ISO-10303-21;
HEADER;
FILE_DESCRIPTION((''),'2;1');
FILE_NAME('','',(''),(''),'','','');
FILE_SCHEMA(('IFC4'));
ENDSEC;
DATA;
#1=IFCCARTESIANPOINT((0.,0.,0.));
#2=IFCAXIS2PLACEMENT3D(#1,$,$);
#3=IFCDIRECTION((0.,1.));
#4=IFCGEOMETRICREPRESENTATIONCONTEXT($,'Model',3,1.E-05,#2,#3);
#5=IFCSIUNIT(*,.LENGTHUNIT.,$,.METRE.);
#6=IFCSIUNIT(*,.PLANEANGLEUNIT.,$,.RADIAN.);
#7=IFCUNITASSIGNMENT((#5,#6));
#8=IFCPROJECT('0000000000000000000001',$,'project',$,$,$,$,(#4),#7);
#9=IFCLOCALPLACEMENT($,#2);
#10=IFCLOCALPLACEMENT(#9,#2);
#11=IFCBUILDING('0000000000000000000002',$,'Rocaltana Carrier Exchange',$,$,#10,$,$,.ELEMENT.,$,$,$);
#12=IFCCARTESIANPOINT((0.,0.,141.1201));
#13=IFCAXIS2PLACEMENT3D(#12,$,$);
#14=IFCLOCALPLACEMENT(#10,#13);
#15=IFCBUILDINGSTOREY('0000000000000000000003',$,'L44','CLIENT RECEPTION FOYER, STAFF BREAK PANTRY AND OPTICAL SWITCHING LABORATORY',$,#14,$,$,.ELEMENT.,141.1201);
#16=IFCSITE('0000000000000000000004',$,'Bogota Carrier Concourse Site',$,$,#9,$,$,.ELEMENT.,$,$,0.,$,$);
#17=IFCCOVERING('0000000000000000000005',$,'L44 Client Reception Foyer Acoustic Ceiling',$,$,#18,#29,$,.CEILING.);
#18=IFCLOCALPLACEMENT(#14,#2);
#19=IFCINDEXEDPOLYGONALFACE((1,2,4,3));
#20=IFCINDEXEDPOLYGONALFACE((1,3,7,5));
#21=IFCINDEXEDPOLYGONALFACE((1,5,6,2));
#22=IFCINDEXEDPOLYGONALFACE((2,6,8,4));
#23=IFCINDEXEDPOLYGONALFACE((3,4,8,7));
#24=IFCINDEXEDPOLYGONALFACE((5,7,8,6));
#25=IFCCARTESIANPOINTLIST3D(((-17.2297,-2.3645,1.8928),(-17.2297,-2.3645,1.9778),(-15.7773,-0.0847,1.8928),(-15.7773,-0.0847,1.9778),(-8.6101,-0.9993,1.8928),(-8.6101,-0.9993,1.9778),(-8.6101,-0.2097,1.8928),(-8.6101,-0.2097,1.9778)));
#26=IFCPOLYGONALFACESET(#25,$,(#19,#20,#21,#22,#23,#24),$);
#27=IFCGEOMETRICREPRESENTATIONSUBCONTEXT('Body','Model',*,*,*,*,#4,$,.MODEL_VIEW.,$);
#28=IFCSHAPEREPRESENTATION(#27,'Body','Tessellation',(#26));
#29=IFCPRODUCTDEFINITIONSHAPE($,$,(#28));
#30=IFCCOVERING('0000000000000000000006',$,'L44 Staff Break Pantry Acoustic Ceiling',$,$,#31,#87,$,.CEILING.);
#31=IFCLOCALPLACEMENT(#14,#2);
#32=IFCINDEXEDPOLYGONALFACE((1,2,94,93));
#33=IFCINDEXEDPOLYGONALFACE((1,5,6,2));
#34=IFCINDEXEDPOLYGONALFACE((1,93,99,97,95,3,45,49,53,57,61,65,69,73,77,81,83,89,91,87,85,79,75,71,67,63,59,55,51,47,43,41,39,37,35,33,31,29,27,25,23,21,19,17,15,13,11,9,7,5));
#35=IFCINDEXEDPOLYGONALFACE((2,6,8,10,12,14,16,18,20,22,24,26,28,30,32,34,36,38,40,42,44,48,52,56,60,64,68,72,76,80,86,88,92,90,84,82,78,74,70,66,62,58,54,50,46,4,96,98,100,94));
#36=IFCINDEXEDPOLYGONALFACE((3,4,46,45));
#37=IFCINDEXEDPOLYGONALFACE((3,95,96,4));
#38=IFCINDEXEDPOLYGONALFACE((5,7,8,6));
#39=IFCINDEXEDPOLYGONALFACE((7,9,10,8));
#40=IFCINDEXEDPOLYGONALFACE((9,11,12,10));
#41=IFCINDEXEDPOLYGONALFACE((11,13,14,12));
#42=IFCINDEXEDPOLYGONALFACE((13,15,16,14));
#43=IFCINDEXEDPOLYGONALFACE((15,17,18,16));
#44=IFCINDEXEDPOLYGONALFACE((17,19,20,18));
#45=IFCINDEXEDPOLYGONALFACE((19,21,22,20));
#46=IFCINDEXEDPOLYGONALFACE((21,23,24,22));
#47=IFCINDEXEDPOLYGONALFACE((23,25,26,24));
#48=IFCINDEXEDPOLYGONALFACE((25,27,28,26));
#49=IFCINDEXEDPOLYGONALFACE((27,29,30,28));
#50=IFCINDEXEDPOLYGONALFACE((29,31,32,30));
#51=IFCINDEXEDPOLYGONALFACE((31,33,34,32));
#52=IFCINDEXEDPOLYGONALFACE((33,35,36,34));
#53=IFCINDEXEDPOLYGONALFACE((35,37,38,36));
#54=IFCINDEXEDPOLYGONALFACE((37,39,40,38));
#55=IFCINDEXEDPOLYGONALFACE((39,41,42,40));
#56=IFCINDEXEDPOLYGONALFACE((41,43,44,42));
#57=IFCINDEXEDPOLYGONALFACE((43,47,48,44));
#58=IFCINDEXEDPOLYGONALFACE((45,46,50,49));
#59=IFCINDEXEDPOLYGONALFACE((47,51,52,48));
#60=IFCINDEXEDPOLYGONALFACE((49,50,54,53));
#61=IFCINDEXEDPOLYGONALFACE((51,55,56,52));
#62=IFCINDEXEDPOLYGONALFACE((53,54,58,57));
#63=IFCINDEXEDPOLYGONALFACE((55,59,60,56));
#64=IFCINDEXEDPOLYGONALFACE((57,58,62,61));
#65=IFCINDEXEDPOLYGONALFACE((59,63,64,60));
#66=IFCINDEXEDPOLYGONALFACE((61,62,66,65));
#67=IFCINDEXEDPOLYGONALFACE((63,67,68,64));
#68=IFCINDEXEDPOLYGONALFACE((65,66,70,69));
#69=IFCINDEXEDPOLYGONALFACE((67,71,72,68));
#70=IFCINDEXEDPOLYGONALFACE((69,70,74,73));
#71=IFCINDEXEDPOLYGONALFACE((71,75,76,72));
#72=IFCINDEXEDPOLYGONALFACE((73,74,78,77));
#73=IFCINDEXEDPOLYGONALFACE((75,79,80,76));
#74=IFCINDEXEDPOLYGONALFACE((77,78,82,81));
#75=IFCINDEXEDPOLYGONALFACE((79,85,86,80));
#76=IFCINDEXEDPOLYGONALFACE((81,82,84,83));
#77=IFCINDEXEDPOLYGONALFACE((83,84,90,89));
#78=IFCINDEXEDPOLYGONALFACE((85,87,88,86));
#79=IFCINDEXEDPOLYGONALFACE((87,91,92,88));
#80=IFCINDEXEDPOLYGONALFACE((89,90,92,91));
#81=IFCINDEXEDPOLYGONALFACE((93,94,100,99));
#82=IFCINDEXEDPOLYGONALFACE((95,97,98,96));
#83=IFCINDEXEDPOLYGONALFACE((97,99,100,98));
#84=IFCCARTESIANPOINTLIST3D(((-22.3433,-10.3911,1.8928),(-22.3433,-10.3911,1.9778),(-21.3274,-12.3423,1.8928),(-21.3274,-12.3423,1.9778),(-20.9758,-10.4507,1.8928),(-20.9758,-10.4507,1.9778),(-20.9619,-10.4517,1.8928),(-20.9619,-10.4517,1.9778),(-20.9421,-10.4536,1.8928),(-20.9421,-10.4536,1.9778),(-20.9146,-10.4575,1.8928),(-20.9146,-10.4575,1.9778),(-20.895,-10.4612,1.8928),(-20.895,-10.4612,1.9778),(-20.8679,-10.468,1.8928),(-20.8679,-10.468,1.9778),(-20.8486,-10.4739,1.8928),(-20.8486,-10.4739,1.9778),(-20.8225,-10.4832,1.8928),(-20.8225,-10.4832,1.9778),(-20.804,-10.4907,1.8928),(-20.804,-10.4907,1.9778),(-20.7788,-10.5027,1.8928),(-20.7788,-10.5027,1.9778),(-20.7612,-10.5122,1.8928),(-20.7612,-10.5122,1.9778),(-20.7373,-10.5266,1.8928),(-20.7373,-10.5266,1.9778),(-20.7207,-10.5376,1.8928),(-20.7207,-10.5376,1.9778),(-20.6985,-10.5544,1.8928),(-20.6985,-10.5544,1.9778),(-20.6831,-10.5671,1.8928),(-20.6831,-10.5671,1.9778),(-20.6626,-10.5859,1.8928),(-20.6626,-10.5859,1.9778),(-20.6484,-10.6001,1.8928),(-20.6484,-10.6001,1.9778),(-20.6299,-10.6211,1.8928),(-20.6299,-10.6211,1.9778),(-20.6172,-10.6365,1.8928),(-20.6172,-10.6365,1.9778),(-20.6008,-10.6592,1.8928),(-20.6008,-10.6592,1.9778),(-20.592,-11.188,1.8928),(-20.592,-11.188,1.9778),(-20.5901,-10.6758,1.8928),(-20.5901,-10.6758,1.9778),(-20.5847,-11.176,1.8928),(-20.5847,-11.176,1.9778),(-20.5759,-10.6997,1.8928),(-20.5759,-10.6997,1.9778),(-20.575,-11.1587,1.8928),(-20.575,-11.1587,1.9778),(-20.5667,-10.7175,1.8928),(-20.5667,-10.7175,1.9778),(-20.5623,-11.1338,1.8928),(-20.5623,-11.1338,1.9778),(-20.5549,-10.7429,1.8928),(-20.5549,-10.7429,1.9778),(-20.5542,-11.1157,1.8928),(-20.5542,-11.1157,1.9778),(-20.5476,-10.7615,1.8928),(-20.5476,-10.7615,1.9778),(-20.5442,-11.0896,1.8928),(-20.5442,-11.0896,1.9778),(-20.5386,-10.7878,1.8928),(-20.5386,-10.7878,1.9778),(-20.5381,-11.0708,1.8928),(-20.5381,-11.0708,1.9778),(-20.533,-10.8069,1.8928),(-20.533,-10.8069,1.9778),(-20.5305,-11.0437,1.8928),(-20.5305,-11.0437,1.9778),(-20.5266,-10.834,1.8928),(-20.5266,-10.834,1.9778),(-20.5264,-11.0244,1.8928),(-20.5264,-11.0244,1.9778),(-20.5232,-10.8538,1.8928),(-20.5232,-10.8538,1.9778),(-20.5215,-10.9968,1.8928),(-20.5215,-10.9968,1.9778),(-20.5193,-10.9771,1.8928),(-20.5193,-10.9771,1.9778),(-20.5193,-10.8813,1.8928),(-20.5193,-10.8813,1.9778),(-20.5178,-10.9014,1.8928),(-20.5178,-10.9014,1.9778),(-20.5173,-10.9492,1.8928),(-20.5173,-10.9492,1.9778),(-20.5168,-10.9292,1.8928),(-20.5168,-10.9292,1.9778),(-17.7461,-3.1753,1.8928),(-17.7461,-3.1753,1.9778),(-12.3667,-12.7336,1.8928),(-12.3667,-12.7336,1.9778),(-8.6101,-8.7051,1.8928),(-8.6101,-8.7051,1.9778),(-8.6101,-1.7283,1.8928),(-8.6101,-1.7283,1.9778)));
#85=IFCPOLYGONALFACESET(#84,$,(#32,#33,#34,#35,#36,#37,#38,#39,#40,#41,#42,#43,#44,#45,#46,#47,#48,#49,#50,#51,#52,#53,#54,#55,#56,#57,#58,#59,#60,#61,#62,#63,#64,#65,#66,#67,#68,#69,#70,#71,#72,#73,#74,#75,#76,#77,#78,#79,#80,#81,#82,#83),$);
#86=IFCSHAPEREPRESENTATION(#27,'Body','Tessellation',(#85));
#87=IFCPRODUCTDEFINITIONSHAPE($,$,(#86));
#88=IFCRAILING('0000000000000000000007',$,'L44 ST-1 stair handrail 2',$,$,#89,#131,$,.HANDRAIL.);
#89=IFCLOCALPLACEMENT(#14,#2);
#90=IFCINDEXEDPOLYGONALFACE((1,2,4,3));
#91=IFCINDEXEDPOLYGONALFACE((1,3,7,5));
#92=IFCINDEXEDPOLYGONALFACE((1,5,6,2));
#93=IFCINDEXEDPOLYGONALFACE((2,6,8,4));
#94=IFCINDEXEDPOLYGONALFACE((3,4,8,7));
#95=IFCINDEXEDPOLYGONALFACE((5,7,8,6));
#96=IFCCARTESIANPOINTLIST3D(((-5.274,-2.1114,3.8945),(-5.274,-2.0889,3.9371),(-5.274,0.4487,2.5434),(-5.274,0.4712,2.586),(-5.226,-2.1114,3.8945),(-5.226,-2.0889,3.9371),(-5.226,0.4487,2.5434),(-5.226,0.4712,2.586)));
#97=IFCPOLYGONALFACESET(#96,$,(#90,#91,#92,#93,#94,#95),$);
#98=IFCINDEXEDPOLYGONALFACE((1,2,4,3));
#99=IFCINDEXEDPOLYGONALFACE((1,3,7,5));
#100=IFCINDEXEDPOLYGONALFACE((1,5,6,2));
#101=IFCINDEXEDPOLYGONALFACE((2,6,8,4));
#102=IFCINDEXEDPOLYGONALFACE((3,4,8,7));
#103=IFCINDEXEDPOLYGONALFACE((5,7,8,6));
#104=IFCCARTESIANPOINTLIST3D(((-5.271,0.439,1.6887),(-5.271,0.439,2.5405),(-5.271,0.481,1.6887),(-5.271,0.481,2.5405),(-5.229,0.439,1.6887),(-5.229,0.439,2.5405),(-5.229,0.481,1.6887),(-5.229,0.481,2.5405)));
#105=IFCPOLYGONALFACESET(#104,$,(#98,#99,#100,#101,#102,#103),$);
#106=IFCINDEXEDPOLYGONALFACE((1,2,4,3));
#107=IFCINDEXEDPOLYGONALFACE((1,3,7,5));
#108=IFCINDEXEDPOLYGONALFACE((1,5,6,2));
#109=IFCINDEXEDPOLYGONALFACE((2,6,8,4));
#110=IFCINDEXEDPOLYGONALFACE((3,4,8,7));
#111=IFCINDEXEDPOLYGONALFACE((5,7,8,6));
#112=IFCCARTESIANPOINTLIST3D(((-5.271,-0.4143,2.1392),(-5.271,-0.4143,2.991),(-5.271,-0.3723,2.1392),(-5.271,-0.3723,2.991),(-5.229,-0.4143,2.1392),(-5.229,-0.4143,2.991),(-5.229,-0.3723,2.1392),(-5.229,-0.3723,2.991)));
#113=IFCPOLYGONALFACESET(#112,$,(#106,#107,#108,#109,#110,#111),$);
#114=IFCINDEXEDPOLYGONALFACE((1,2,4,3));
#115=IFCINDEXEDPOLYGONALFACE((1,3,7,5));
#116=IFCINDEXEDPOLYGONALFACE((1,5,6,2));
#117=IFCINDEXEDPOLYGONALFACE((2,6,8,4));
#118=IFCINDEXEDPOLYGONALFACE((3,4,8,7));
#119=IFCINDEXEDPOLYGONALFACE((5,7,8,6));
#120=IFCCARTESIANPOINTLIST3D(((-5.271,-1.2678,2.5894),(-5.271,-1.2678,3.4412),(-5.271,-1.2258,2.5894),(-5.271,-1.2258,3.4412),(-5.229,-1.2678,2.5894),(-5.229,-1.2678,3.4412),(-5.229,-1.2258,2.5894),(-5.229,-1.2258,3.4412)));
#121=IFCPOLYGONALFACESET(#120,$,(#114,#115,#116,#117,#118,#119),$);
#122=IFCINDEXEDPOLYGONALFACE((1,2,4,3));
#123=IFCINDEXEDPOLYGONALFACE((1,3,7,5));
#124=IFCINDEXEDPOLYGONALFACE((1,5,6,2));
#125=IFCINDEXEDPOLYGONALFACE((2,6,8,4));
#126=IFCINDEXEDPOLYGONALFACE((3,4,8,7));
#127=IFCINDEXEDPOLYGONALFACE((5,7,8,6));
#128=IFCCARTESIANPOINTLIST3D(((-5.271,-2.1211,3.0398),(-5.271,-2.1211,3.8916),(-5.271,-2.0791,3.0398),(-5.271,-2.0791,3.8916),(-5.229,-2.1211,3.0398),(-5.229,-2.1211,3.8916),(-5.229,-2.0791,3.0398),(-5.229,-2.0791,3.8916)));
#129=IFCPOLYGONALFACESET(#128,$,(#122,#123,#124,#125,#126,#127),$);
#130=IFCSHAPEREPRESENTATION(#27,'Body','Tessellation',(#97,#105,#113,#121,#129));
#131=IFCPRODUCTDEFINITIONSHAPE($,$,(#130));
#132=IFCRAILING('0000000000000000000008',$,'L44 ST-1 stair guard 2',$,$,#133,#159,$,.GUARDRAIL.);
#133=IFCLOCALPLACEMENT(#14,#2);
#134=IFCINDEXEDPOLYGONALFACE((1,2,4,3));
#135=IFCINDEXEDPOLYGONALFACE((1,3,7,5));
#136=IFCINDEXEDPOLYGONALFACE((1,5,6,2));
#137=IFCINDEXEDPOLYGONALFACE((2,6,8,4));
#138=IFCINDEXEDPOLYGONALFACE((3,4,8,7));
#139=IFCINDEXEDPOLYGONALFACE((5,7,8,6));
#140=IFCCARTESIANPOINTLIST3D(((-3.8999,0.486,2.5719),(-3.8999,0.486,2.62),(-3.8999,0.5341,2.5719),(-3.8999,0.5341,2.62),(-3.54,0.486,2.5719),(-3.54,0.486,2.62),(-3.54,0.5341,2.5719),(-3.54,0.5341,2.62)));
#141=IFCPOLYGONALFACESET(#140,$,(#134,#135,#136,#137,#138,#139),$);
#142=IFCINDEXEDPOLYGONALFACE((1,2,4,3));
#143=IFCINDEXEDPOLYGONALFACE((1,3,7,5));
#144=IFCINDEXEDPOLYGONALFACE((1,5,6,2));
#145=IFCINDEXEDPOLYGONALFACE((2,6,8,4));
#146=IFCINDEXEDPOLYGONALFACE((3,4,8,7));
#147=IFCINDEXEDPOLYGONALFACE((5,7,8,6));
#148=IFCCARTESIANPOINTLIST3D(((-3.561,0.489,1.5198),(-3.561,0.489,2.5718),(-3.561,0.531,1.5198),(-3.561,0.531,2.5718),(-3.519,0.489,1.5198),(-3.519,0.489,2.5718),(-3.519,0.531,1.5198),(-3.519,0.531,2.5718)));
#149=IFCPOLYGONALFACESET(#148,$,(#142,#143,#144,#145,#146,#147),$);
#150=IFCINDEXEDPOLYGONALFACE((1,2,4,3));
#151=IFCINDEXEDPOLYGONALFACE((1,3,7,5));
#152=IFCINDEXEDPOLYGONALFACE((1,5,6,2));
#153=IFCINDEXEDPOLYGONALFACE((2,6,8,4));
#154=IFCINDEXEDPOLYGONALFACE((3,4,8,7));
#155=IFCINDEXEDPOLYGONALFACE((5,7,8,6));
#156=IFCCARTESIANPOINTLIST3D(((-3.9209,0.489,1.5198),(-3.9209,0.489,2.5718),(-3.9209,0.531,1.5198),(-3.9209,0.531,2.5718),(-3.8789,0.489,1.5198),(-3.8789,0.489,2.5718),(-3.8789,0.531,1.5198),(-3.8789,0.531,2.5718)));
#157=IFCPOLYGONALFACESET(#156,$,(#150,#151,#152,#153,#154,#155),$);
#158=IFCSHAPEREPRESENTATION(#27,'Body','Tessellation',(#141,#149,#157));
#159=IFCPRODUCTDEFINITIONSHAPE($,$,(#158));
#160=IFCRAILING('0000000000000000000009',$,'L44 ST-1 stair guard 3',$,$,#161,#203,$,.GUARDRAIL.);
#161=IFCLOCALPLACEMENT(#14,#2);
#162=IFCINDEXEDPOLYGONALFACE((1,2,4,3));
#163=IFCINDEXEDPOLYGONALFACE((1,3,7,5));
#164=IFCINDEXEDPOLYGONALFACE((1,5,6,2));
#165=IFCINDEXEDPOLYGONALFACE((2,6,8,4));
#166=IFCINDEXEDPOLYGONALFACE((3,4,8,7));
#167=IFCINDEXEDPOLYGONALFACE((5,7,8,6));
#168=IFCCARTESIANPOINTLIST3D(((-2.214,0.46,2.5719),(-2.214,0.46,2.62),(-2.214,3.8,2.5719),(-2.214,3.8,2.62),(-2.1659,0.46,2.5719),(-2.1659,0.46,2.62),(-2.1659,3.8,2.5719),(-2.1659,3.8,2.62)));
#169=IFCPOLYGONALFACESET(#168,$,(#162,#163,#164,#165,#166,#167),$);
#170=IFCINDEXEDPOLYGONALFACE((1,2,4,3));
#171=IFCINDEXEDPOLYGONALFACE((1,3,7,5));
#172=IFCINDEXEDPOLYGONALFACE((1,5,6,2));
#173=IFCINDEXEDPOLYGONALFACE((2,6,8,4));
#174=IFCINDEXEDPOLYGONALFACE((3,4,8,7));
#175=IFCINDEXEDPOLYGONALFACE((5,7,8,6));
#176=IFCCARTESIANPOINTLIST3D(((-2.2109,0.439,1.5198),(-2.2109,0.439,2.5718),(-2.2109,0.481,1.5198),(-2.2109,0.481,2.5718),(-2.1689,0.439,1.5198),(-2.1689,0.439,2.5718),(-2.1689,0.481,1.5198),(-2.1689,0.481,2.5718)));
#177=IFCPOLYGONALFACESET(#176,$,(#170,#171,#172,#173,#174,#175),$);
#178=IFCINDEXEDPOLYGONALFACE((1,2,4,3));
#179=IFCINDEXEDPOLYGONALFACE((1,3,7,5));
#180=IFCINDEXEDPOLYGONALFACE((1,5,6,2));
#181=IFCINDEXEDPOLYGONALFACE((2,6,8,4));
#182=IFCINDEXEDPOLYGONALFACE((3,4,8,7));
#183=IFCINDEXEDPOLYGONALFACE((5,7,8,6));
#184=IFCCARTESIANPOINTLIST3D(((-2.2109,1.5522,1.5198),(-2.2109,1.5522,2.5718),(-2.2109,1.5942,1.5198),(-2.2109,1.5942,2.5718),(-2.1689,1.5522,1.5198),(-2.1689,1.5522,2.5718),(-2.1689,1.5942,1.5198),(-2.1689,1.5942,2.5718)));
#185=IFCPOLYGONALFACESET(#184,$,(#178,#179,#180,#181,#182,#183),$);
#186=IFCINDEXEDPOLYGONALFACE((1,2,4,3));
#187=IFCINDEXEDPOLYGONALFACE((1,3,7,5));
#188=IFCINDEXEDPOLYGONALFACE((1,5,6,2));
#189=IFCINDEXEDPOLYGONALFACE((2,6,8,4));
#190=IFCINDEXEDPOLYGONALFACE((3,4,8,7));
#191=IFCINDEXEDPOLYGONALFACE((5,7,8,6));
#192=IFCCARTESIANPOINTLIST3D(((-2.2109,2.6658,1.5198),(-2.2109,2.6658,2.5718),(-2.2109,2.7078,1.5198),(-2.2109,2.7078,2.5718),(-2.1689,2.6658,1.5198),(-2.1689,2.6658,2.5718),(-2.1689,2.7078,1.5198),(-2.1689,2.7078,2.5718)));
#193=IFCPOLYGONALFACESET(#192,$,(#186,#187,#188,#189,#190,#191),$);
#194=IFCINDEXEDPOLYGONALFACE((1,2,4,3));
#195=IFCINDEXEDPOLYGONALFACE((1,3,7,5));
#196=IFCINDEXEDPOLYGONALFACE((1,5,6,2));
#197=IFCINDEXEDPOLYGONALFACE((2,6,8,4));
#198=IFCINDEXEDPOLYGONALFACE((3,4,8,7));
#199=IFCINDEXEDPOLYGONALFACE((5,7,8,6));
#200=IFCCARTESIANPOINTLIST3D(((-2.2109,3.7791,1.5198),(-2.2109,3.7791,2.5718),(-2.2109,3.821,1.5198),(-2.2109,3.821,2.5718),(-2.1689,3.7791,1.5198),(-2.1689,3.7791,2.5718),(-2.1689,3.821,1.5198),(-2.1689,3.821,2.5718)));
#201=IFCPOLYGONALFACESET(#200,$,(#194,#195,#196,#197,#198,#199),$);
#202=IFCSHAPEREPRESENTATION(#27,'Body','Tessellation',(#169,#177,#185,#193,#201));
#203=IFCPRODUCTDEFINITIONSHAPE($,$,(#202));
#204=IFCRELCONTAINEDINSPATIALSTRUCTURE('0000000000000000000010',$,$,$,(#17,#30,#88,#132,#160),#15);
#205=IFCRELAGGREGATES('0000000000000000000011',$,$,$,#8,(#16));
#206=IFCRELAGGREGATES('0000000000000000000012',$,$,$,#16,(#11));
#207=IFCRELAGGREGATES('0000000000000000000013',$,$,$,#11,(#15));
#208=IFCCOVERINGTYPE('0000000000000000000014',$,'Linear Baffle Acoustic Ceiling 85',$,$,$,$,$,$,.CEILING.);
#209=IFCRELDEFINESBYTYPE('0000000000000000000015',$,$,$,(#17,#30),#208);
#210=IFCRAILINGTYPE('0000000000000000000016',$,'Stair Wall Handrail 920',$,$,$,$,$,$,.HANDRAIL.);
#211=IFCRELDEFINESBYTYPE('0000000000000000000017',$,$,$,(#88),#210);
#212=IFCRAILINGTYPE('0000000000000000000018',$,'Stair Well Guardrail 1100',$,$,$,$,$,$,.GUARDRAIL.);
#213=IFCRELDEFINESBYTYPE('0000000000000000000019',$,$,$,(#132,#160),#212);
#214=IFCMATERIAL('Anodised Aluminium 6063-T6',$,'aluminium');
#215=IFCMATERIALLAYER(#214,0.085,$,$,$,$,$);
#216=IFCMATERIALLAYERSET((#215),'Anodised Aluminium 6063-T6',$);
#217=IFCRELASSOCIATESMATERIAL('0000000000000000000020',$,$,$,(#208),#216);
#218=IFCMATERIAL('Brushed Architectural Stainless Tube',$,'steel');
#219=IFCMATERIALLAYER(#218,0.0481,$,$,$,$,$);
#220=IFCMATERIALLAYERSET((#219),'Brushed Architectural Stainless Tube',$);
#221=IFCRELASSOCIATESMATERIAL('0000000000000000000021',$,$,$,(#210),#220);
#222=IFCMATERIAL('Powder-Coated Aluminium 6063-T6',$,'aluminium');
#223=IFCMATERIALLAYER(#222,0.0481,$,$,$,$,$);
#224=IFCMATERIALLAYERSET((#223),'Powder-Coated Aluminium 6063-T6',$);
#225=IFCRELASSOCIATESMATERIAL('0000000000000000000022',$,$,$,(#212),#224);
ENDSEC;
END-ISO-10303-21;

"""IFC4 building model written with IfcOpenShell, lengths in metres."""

from ifc_helpers import new_model, si_unit, direction, frame, origin, origin_2d, place, context, subcontext, project, spatial, polyline, rectangle, outline, extrude, material, layer, layer_set, type_object, element, save


model = new_model("IFC4")

# Units and contexts
model_context = context("Model", 3, precision=1e-05, world=origin(), true_north=direction((0.0, 1.0)))
body_context = subcontext(model_context, "Body", "Model", "MODEL_VIEW")
ifc_project = project(units=[si_unit("LENGTHUNIT", "METRE"), si_unit("PLANEANGLEUNIT", "RADIAN")], contexts=[model_context])

# Site, building, storey
site_placement = place(None, origin())
site = spatial("IfcSite", under=ifc_project, at=site_placement, Name="Bogota Carrier Concourse Site", CompositionType="ELEMENT", RefElevation=0.0)
building_placement = place(site_placement, origin())
building = spatial("IfcBuilding", under=site, at=building_placement, Name="Rocaltana Carrier Exchange", CompositionType="ELEMENT")
storey_placement = place(building_placement, frame((0.0, 0.0, 141.1201)))
storey = spatial("IfcBuildingStorey", under=building, at=storey_placement, Name="L44", Description="CLIENT RECEPTION FOYER, STAFF BREAK PANTRY AND OPTICAL SWITCHING LABORATORY", CompositionType="ELEMENT", Elevation=141.1201)

# Coverings
ifc_material_1 = material(Name="Anodised Aluminium 6063-T6", Category="aluminium")
ifc_layer_1 = layer(ifc_material_1, 0.085)
ifc_layer_set_1 = layer_set([ifc_layer_1], Name="Anodised Aluminium 6063-T6")
covering_type_1 = type_object("IfcCoveringType", Name="Linear Baffle Acoustic Ceiling 85", PredefinedType="CEILING", material=ifc_layer_set_1)
covering_1_placement = place(storey_placement, frame((0.0, 0.0, 1.8928)))
element("IfcCovering", 1, at=covering_1_placement, inside=storey, type_object=covering_type_1, Name="L44 Client Reception Foyer Acoustic Ceiling", PredefinedType="CEILING", context=body_context, shape_type="SweptSolid", body=[
    extrude(outline(polyline([(-15.7773, -0.0847), (-8.6101, -0.2097), (-8.6101, -0.9993), (-17.2297, -2.3645), (-15.7773, -0.0847)])), origin(), (0.0, 0.0, 1.0), 0.085),
])
covering_2_placement = place(storey_placement, frame((0.0, 0.0, 1.8928)))
element("IfcCovering", 2, at=covering_2_placement, inside=storey, type_object=covering_type_1, Name="L44 Staff Break Pantry Acoustic Ceiling", PredefinedType="CEILING", context=body_context, shape_type="SweptSolid", body=[
    extrude(outline(polyline([(-20.592, -11.188), (-20.5847, -11.176), (-20.575, -11.1587), (-20.5623, -11.1338), (-20.5542, -11.1157), (-20.5442, -11.0896), (-20.5381, -11.0708), (-20.5305, -11.0437), (-20.5264, -11.0244), (-20.5215, -10.9968), (-20.5193, -10.9771), (-20.5173, -10.9492), (-20.5168, -10.9292), (-20.5178, -10.9014), (-20.5193, -10.8813), (-20.5232, -10.8538), (-20.5266, -10.834), (-20.533, -10.8069), (-20.5386, -10.7878), (-20.5476, -10.7615), (-20.5549, -10.7429), (-20.5667, -10.7175), (-20.5759, -10.6997), (-20.5901, -10.6758), (-20.6008, -10.6592), (-20.6172, -10.6365), (-20.6299, -10.6211), (-20.6484, -10.6001), (-20.6626, -10.5859), (-20.6831, -10.5671), (-20.6985, -10.5544), (-20.7207, -10.5376), (-20.7373, -10.5266), (-20.7612, -10.5122), (-20.7788, -10.5027), (-20.804, -10.4907), (-20.8225, -10.4832), (-20.8486, -10.4739), (-20.8679, -10.468), (-20.895, -10.4612), (-20.9146, -10.4575), (-20.9421, -10.4536), (-20.9619, -10.4517), (-20.9758, -10.4507), (-22.3433, -10.3911), (-17.7461, -3.1753), (-8.6101, -1.7283), (-8.6101, -8.7051), (-12.3667, -12.7336), (-21.3274, -12.3423), (-20.592, -11.188)])), origin(), (0.0, 0.0, 1.0), 0.085),
])

# Railings
ifc_material_2 = material(Name="Brushed Architectural Stainless Tube", Category="steel")
ifc_layer_2 = layer(ifc_material_2, 0.0481)
ifc_layer_set_2 = layer_set([ifc_layer_2], Name="Brushed Architectural Stainless Tube")
railing_type_1 = type_object("IfcRailingType", Name="Stair Wall Handrail 920", PredefinedType="HANDRAIL", material=ifc_layer_set_2)
railing_1_placement = place(storey_placement, frame((-5.25, 0.46, 1.6887)))
element("IfcRailing", 3, at=railing_1_placement, inside=storey, type_object=railing_type_1, Name="L44 ST-1 stair handrail 2", PredefinedType="HANDRAIL", context=body_context, shape_type="SweptSolid", body=[
    extrude(rectangle(XDim=0.0481, YDim=0.0481, at=origin_2d()), frame((0.0, 0.0, 0.876), z_axis=(0.0, -0.884394, 0.46674), x_axis=(1.0, 0.0, 0.0)), (0.0, 0.0, 1.0), 2.8948),
    extrude(rectangle(XDim=0.042, YDim=0.042, at=origin_2d()), origin(), (0.0, 0.0, 1.0), 0.8518),
    extrude(rectangle(XDim=0.042, YDim=0.042, at=origin_2d()), frame((0.0, -0.8533, 0.4504)), (0.0, 0.0, 1.0), 0.8518),
    extrude(rectangle(XDim=0.042, YDim=0.042, at=origin_2d()), frame((0.0, -1.7068, 0.9006)), (0.0, 0.0, 1.0), 0.8518),
    extrude(rectangle(XDim=0.042, YDim=0.042, at=origin_2d()), frame((0.0, -2.5601, 1.3511)), (0.0, 0.0, 1.0), 0.8518),
])
ifc_material_3 = material(Name="Powder-Coated Aluminium 6063-T6", Category="aluminium")
ifc_layer_3 = layer(ifc_material_3, 0.0481)
ifc_layer_set_3 = layer_set([ifc_layer_3], Name="Powder-Coated Aluminium 6063-T6")
railing_type_2 = type_object("IfcRailingType", Name="Stair Well Guardrail 1100", PredefinedType="GUARDRAIL", material=ifc_layer_set_3)
railing_2_placement = place(storey_placement, frame((-3.54, 0.51, 1.5198)))
element("IfcRailing", 4, at=railing_2_placement, inside=storey, type_object=railing_type_2, Name="L44 ST-1 stair guard 2", PredefinedType="GUARDRAIL", context=body_context, shape_type="SweptSolid", body=[
    extrude(rectangle(XDim=0.0481, YDim=0.0481, at=origin_2d()), frame((0.0, 0.0, 1.0762), z_axis=(-1.0, 0.0, 0.0), x_axis=(0.0, -1.0, 0.0)), (0.0, 0.0, 1.0), 0.3599),
    extrude(rectangle(XDim=0.042, YDim=0.042, at=origin_2d()), origin(), (0.0, 0.0, 1.0), 1.052),
    extrude(rectangle(XDim=0.042, YDim=0.042, at=origin_2d()), frame((-0.3599, 0.0, 0.0)), (0.0, 0.0, 1.0), 1.052),
])
for number, where, name in (
    (5, (-2.1899, 0.46, 1.5198), "L44 ST-1 stair guard 3"),
):
    element("IfcRailing", number, at=place(storey_placement, frame(where)), inside=storey, type_object=railing_type_2, Name=name, PredefinedType="GUARDRAIL", context=body_context, shape_type="SweptSolid", body=[
        extrude(rectangle(XDim=0.0481, YDim=0.0481, at=origin_2d()), frame((0.0, 0.0, 1.0762), z_axis=(0.0, 1.0, 0.0), x_axis=(-1.0, 0.0, 0.0)), (0.0, 0.0, 1.0), 3.3401),
        extrude(rectangle(XDim=0.042, YDim=0.042, at=origin_2d()), origin(), (0.0, 0.0, 1.0), 1.052),
        extrude(rectangle(XDim=0.042, YDim=0.042, at=origin_2d()), frame((0.0, 1.1133, 0.0)), (0.0, 0.0, 1.0), 1.052),
        extrude(rectangle(XDim=0.042, YDim=0.042, at=origin_2d()), frame((0.0, 2.2268, 0.0)), (0.0, 0.0, 1.0), 1.052),
        extrude(rectangle(XDim=0.042, YDim=0.042, at=origin_2d()), frame((0.0, 3.3401, 0.0)), (0.0, 0.0, 1.0), 1.052),
    ])

save(model, "model.ifc")
